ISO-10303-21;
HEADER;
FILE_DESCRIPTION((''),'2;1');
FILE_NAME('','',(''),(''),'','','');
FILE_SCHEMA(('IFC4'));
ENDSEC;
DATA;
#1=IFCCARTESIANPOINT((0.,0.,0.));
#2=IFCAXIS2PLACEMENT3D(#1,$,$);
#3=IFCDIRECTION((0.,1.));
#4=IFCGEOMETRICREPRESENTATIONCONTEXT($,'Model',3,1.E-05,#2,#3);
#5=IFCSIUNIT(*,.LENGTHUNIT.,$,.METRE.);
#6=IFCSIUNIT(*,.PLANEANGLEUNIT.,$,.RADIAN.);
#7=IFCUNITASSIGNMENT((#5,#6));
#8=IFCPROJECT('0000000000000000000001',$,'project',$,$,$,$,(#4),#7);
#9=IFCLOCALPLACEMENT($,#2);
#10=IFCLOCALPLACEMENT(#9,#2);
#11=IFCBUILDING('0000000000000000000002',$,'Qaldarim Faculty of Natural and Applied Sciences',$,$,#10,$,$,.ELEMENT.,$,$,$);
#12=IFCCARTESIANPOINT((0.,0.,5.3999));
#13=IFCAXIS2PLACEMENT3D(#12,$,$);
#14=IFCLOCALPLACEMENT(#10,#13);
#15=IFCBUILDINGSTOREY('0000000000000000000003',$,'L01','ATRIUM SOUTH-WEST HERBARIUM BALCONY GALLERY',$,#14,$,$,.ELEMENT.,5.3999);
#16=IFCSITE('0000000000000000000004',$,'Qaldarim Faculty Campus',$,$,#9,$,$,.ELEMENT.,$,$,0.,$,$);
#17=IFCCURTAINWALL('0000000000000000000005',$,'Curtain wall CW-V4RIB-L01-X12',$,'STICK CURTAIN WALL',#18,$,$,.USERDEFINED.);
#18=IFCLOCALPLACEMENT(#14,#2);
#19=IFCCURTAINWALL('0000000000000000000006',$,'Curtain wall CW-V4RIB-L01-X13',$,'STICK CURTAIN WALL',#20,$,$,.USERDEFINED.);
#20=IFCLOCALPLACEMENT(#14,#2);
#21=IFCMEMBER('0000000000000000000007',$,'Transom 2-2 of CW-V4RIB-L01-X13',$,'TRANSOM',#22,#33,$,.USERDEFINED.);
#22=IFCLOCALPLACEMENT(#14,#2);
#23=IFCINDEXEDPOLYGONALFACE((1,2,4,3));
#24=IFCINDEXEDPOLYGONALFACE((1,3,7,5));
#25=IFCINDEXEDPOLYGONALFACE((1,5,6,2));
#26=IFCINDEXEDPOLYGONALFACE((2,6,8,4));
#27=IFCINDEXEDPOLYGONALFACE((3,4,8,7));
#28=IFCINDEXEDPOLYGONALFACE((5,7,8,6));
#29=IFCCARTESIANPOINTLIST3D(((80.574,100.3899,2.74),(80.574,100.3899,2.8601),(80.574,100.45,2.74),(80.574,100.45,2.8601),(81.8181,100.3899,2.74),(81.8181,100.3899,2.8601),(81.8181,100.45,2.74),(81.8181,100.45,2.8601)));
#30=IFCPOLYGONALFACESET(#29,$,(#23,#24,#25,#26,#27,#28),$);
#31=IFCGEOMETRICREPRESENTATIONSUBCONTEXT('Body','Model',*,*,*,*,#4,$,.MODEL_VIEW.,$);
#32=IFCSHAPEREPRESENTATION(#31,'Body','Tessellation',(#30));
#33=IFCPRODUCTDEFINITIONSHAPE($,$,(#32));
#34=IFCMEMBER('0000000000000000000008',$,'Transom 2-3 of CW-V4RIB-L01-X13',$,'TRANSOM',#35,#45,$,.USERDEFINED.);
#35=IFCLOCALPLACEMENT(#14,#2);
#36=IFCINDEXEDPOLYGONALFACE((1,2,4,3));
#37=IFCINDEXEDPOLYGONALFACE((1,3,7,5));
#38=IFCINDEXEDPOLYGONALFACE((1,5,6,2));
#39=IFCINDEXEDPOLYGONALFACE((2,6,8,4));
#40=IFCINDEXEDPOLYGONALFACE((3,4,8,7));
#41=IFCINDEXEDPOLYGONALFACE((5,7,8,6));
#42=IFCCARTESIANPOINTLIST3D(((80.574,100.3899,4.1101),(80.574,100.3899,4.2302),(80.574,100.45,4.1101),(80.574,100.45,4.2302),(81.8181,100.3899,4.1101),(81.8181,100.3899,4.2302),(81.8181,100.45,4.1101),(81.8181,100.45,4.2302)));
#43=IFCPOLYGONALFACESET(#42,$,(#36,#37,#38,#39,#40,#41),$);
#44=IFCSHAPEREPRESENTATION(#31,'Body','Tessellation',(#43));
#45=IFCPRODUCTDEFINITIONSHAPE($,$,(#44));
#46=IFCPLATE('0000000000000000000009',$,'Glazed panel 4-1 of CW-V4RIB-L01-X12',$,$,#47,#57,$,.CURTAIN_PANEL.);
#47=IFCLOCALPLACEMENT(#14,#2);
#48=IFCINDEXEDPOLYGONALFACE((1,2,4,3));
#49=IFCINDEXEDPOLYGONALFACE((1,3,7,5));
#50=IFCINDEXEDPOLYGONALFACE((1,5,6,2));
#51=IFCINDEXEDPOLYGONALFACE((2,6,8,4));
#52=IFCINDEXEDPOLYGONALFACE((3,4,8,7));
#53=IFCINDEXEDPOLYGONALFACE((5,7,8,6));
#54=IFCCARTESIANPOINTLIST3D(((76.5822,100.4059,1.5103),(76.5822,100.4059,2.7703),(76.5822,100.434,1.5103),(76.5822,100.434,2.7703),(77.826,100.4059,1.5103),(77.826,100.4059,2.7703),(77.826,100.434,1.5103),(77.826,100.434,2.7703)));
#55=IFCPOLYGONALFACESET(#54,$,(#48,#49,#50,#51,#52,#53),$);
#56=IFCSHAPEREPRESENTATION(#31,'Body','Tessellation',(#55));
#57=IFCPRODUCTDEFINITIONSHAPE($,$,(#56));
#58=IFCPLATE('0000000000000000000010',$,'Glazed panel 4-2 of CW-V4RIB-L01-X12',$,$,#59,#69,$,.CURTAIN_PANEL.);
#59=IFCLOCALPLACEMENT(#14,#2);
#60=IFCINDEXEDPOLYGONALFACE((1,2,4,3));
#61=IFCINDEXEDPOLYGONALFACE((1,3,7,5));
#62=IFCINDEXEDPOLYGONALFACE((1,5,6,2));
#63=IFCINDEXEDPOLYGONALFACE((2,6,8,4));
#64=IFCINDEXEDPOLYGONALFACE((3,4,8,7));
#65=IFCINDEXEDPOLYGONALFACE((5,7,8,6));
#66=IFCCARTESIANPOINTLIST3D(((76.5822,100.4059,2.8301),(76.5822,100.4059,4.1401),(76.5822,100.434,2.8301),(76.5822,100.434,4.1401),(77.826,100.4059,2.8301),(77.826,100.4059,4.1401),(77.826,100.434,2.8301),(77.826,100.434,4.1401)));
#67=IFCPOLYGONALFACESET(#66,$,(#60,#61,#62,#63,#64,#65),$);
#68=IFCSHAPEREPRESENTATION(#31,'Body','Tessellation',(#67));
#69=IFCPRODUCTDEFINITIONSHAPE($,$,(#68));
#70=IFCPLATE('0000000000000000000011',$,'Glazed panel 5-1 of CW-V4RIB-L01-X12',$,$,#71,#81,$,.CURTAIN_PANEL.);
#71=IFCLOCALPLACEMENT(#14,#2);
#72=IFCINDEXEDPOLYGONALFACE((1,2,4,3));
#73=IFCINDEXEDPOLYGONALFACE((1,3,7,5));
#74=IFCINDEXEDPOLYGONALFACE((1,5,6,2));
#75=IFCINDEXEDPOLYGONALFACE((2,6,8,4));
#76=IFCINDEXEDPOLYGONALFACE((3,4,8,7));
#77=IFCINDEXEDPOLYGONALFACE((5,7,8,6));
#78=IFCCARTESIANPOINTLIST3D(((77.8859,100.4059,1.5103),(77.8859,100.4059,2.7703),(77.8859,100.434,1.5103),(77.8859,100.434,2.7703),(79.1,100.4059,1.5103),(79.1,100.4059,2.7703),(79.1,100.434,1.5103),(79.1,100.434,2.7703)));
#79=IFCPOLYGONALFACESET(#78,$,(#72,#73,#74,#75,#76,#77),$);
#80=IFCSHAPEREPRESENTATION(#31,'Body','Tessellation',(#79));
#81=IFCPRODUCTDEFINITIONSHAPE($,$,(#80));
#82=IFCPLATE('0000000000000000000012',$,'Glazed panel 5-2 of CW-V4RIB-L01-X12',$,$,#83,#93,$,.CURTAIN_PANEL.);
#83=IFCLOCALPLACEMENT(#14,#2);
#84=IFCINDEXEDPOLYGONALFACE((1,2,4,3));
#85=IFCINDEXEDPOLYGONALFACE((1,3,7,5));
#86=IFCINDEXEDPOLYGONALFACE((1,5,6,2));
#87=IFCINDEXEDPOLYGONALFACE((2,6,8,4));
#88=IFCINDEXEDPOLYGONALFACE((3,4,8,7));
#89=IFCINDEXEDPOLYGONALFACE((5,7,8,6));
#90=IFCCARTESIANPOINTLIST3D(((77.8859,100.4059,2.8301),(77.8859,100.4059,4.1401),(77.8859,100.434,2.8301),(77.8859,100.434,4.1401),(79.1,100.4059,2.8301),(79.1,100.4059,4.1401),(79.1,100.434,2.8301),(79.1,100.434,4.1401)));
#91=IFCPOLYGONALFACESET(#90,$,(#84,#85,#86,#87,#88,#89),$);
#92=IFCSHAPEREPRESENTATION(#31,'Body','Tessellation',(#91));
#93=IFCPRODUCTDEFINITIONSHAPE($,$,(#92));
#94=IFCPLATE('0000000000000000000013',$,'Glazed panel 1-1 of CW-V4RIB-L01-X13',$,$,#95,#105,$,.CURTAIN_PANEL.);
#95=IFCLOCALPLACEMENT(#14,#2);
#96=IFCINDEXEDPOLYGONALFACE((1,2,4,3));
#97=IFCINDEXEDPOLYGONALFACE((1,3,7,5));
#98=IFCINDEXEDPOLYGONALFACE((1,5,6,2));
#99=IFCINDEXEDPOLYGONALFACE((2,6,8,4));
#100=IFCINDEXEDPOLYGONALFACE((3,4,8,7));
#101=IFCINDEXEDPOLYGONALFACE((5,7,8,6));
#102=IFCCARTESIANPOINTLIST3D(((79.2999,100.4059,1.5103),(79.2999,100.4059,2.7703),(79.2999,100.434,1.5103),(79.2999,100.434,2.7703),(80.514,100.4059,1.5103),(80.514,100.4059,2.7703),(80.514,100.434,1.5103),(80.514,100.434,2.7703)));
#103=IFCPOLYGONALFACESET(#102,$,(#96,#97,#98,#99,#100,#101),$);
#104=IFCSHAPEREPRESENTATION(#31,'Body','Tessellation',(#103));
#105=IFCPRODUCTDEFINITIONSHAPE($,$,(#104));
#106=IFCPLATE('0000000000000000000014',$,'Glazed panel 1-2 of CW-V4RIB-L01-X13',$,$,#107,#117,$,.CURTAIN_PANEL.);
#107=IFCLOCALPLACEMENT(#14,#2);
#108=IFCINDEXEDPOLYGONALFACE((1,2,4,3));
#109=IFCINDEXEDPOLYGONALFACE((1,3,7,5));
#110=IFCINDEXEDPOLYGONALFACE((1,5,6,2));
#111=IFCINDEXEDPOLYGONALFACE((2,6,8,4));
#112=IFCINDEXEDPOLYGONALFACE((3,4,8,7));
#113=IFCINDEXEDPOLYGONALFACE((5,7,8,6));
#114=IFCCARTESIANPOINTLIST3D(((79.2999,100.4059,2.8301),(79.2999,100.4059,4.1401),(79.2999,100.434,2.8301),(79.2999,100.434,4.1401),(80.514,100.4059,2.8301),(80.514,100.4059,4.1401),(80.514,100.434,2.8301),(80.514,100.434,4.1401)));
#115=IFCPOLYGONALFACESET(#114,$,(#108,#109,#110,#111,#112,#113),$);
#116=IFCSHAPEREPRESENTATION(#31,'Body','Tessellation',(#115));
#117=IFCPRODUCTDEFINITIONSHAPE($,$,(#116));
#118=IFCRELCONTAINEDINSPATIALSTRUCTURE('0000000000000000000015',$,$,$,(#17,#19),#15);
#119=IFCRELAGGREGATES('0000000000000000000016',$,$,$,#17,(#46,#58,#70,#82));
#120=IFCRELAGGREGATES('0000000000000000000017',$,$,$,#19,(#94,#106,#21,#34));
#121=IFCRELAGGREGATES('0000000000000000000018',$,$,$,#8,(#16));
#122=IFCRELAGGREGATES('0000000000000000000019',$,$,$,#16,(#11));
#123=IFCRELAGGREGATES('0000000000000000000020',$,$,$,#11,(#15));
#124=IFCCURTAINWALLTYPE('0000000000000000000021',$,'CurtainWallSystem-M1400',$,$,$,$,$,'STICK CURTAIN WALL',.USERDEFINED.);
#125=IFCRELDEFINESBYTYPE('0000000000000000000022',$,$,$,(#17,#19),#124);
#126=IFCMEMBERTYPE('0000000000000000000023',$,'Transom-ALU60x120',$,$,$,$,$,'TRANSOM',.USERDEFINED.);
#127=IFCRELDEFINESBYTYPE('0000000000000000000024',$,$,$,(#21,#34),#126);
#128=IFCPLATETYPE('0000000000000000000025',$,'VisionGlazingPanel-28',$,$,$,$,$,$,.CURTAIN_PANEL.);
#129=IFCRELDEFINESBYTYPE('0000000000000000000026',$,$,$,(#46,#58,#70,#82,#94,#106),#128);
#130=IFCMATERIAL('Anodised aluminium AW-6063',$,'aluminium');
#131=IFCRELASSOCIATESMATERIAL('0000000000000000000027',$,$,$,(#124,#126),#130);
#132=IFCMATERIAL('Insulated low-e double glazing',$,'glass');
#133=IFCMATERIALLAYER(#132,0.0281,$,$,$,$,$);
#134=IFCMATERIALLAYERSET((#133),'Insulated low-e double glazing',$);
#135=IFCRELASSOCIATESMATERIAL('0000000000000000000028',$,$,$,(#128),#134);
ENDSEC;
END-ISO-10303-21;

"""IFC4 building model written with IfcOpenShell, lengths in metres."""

from ifc_helpers import new_model, si_unit, direction, frame, origin, origin_2d, place, context, subcontext, project, spatial, rectangle, extrude, material, layer, layer_set, material_profile, profile_set, type_object, element, aggregate, save


model = new_model("IFC4")

# Units and contexts
model_context = context("Model", 3, precision=1e-05, world=origin(), true_north=direction((0.0, 1.0)))
body_context = subcontext(model_context, "Body", "Model", "MODEL_VIEW")
ifc_project = project(units=[si_unit("LENGTHUNIT", "METRE"), si_unit("PLANEANGLEUNIT", "RADIAN")], contexts=[model_context])

# Site, building, storey
site_placement = place(None, origin())
site = spatial("IfcSite", under=ifc_project, at=site_placement, Name="Qaldarim Faculty Campus", CompositionType="ELEMENT", RefElevation=0.0)
building_placement = place(site_placement, origin())
building = spatial("IfcBuilding", under=site, at=building_placement, Name="Qaldarim Faculty of Natural and Applied Sciences", CompositionType="ELEMENT")
storey_placement = place(building_placement, frame((0.0, 0.0, 5.3999)))
storey = spatial("IfcBuildingStorey", under=building, at=storey_placement, Name="L01", Description="ATRIUM SOUTH-WEST HERBARIUM BALCONY GALLERY", CompositionType="ELEMENT", Elevation=5.3999)

# Curtain walls
ifc_material_1 = material(Name="Anodised aluminium AW-6063", Category="aluminium")
curtain_wall_type = type_object("IfcCurtainWallType", Name="CurtainWallSystem-M1400", ElementType="STICK CURTAIN WALL", PredefinedType="USERDEFINED", material=ifc_material_1)
curtain_wall_1_placement = place(storey_placement, origin())
curtain_wall_1 = element("IfcCurtainWall", 1, at=curtain_wall_1_placement, inside=storey, type_object=curtain_wall_type, Name="Curtain wall CW-V4RIB-L01-X12", ObjectType="STICK CURTAIN WALL", PredefinedType="USERDEFINED")
curtain_wall_2_placement = place(storey_placement, origin())
curtain_wall_2 = element("IfcCurtainWall", 2, at=curtain_wall_2_placement, inside=storey, type_object=curtain_wall_type, Name="Curtain wall CW-V4RIB-L01-X13", ObjectType="STICK CURTAIN WALL", PredefinedType="USERDEFINED")

# Members
ifc_material_profile_1 = material_profile(ifc_material_1, rectangle(XDim=0.0601, YDim=0.1201, at=origin_2d()), Name="ALU-T60x120")
ifc_profile_set_1 = profile_set([ifc_material_profile_1], Name="Anodised aluminium AW-6063")
member_type_1 = type_object("IfcMemberType", Name="Transom-ALU60x120", ElementType="TRANSOM", PredefinedType="USERDEFINED", material=ifc_profile_set_1)
member_1_placement = place(storey_placement, frame((80.574, 100.4199, 2.8), z_axis=(1.0, 0.0, 0.0), x_axis=(0.0, 1.0, 0.0)))
member_1 = element("IfcMember", 3, at=member_1_placement, type_object=member_type_1, Name="Transom 2-2 of CW-V4RIB-L01-X13", ObjectType="TRANSOM", PredefinedType="USERDEFINED", context=body_context, shape_type="SweptSolid", body=[
    extrude(rectangle(XDim=0.0601, YDim=0.1201, at=origin_2d()), origin(), (0.0, 0.0, 1.0), 1.2441),
])
member_2_placement = place(storey_placement, frame((80.574, 100.4199, 4.1702), z_axis=(1.0, 0.0, 0.0), x_axis=(0.0, 1.0, 0.0)))
member_2 = element("IfcMember", 4, at=member_2_placement, type_object=member_type_1, Name="Transom 2-3 of CW-V4RIB-L01-X13", ObjectType="TRANSOM", PredefinedType="USERDEFINED", context=body_context, shape_type="SweptSolid", body=[
    extrude(rectangle(XDim=0.0601, YDim=0.1201, at=origin_2d()), origin(), (0.0, 0.0, 1.0), 1.2441),
])

# Plates
ifc_material_2 = material(Name="Insulated low-e double glazing", Category="glass")
ifc_layer = layer(ifc_material_2, 0.0281)
ifc_layer_set = layer_set([ifc_layer], Name="Insulated low-e double glazing")
plate_type = type_object("IfcPlateType", Name="VisionGlazingPanel-28", PredefinedType="CURTAIN_PANEL", material=ifc_layer_set)
plate_1_placement = place(storey_placement, frame((77.2041, 100.4199, 1.5103), z_axis=(0.0, 0.0, 1.0), x_axis=(1.0, 0.0, 0.0)))
plate_1 = element("IfcPlate", 5, at=plate_1_placement, type_object=plate_type, Name="Glazed panel 4-1 of CW-V4RIB-L01-X12", PredefinedType="CURTAIN_PANEL", context=body_context, shape_type="SweptSolid", body=[
    extrude(rectangle(XDim=1.2439, YDim=0.0281, at=origin_2d()), origin(), (0.0, 0.0, 1.0), 1.26),
])
plate_2_placement = place(storey_placement, frame((77.2041, 100.4199, 2.8301), z_axis=(0.0, 0.0, 1.0), x_axis=(1.0, 0.0, 0.0)))
plate_2 = element("IfcPlate", 6, at=plate_2_placement, type_object=plate_type, Name="Glazed panel 4-2 of CW-V4RIB-L01-X12", PredefinedType="CURTAIN_PANEL", context=body_context, shape_type="SweptSolid", body=[
    extrude(rectangle(XDim=1.2439, YDim=0.0281, at=origin_2d()), origin(), (0.0, 0.0, 1.0), 1.3101),
])
plate_3_placement = place(storey_placement, frame((78.4929, 100.4199, 1.5103), z_axis=(0.0, 0.0, 1.0), x_axis=(1.0, 0.0, 0.0)))
plate_3 = element("IfcPlate", 7, at=plate_3_placement, type_object=plate_type, Name="Glazed panel 5-1 of CW-V4RIB-L01-X12", PredefinedType="CURTAIN_PANEL", context=body_context, shape_type="SweptSolid", body=[
    extrude(rectangle(XDim=1.2141, YDim=0.0281, at=origin_2d()), origin(), (0.0, 0.0, 1.0), 1.26),
])
plate_4_placement = place(storey_placement, frame((78.4929, 100.4199, 2.8301), z_axis=(0.0, 0.0, 1.0), x_axis=(1.0, 0.0, 0.0)))
plate_4 = element("IfcPlate", 8, at=plate_4_placement, type_object=plate_type, Name="Glazed panel 5-2 of CW-V4RIB-L01-X12", PredefinedType="CURTAIN_PANEL", context=body_context, shape_type="SweptSolid", body=[
    extrude(rectangle(XDim=1.2141, YDim=0.0281, at=origin_2d()), origin(), (0.0, 0.0, 1.0), 1.3101),
])
aggregate(curtain_wall_1, [plate_1, plate_2, plate_3, plate_4])
plate_5_placement = place(storey_placement, frame((79.907, 100.4199, 1.5103), z_axis=(0.0, 0.0, 1.0), x_axis=(1.0, 0.0, 0.0)))
plate_5 = element("IfcPlate", 9, at=plate_5_placement, type_object=plate_type, Name="Glazed panel 1-1 of CW-V4RIB-L01-X13", PredefinedType="CURTAIN_PANEL", context=body_context, shape_type="SweptSolid", body=[
    extrude(rectangle(XDim=1.2141, YDim=0.0281, at=origin_2d()), origin(), (0.0, 0.0, 1.0), 1.26),
])
plate_6_placement = place(storey_placement, frame((79.907, 100.4199, 2.8301), z_axis=(0.0, 0.0, 1.0), x_axis=(1.0, 0.0, 0.0)))
plate_6 = element("IfcPlate", 10, at=plate_6_placement, type_object=plate_type, Name="Glazed panel 1-2 of CW-V4RIB-L01-X13", PredefinedType="CURTAIN_PANEL", context=body_context, shape_type="SweptSolid", body=[
    extrude(rectangle(XDim=1.2141, YDim=0.0281, at=origin_2d()), origin(), (0.0, 0.0, 1.0), 1.3101),
])
aggregate(curtain_wall_2, [plate_5, plate_6, member_1, member_2])

save(model, "model.ifc")
